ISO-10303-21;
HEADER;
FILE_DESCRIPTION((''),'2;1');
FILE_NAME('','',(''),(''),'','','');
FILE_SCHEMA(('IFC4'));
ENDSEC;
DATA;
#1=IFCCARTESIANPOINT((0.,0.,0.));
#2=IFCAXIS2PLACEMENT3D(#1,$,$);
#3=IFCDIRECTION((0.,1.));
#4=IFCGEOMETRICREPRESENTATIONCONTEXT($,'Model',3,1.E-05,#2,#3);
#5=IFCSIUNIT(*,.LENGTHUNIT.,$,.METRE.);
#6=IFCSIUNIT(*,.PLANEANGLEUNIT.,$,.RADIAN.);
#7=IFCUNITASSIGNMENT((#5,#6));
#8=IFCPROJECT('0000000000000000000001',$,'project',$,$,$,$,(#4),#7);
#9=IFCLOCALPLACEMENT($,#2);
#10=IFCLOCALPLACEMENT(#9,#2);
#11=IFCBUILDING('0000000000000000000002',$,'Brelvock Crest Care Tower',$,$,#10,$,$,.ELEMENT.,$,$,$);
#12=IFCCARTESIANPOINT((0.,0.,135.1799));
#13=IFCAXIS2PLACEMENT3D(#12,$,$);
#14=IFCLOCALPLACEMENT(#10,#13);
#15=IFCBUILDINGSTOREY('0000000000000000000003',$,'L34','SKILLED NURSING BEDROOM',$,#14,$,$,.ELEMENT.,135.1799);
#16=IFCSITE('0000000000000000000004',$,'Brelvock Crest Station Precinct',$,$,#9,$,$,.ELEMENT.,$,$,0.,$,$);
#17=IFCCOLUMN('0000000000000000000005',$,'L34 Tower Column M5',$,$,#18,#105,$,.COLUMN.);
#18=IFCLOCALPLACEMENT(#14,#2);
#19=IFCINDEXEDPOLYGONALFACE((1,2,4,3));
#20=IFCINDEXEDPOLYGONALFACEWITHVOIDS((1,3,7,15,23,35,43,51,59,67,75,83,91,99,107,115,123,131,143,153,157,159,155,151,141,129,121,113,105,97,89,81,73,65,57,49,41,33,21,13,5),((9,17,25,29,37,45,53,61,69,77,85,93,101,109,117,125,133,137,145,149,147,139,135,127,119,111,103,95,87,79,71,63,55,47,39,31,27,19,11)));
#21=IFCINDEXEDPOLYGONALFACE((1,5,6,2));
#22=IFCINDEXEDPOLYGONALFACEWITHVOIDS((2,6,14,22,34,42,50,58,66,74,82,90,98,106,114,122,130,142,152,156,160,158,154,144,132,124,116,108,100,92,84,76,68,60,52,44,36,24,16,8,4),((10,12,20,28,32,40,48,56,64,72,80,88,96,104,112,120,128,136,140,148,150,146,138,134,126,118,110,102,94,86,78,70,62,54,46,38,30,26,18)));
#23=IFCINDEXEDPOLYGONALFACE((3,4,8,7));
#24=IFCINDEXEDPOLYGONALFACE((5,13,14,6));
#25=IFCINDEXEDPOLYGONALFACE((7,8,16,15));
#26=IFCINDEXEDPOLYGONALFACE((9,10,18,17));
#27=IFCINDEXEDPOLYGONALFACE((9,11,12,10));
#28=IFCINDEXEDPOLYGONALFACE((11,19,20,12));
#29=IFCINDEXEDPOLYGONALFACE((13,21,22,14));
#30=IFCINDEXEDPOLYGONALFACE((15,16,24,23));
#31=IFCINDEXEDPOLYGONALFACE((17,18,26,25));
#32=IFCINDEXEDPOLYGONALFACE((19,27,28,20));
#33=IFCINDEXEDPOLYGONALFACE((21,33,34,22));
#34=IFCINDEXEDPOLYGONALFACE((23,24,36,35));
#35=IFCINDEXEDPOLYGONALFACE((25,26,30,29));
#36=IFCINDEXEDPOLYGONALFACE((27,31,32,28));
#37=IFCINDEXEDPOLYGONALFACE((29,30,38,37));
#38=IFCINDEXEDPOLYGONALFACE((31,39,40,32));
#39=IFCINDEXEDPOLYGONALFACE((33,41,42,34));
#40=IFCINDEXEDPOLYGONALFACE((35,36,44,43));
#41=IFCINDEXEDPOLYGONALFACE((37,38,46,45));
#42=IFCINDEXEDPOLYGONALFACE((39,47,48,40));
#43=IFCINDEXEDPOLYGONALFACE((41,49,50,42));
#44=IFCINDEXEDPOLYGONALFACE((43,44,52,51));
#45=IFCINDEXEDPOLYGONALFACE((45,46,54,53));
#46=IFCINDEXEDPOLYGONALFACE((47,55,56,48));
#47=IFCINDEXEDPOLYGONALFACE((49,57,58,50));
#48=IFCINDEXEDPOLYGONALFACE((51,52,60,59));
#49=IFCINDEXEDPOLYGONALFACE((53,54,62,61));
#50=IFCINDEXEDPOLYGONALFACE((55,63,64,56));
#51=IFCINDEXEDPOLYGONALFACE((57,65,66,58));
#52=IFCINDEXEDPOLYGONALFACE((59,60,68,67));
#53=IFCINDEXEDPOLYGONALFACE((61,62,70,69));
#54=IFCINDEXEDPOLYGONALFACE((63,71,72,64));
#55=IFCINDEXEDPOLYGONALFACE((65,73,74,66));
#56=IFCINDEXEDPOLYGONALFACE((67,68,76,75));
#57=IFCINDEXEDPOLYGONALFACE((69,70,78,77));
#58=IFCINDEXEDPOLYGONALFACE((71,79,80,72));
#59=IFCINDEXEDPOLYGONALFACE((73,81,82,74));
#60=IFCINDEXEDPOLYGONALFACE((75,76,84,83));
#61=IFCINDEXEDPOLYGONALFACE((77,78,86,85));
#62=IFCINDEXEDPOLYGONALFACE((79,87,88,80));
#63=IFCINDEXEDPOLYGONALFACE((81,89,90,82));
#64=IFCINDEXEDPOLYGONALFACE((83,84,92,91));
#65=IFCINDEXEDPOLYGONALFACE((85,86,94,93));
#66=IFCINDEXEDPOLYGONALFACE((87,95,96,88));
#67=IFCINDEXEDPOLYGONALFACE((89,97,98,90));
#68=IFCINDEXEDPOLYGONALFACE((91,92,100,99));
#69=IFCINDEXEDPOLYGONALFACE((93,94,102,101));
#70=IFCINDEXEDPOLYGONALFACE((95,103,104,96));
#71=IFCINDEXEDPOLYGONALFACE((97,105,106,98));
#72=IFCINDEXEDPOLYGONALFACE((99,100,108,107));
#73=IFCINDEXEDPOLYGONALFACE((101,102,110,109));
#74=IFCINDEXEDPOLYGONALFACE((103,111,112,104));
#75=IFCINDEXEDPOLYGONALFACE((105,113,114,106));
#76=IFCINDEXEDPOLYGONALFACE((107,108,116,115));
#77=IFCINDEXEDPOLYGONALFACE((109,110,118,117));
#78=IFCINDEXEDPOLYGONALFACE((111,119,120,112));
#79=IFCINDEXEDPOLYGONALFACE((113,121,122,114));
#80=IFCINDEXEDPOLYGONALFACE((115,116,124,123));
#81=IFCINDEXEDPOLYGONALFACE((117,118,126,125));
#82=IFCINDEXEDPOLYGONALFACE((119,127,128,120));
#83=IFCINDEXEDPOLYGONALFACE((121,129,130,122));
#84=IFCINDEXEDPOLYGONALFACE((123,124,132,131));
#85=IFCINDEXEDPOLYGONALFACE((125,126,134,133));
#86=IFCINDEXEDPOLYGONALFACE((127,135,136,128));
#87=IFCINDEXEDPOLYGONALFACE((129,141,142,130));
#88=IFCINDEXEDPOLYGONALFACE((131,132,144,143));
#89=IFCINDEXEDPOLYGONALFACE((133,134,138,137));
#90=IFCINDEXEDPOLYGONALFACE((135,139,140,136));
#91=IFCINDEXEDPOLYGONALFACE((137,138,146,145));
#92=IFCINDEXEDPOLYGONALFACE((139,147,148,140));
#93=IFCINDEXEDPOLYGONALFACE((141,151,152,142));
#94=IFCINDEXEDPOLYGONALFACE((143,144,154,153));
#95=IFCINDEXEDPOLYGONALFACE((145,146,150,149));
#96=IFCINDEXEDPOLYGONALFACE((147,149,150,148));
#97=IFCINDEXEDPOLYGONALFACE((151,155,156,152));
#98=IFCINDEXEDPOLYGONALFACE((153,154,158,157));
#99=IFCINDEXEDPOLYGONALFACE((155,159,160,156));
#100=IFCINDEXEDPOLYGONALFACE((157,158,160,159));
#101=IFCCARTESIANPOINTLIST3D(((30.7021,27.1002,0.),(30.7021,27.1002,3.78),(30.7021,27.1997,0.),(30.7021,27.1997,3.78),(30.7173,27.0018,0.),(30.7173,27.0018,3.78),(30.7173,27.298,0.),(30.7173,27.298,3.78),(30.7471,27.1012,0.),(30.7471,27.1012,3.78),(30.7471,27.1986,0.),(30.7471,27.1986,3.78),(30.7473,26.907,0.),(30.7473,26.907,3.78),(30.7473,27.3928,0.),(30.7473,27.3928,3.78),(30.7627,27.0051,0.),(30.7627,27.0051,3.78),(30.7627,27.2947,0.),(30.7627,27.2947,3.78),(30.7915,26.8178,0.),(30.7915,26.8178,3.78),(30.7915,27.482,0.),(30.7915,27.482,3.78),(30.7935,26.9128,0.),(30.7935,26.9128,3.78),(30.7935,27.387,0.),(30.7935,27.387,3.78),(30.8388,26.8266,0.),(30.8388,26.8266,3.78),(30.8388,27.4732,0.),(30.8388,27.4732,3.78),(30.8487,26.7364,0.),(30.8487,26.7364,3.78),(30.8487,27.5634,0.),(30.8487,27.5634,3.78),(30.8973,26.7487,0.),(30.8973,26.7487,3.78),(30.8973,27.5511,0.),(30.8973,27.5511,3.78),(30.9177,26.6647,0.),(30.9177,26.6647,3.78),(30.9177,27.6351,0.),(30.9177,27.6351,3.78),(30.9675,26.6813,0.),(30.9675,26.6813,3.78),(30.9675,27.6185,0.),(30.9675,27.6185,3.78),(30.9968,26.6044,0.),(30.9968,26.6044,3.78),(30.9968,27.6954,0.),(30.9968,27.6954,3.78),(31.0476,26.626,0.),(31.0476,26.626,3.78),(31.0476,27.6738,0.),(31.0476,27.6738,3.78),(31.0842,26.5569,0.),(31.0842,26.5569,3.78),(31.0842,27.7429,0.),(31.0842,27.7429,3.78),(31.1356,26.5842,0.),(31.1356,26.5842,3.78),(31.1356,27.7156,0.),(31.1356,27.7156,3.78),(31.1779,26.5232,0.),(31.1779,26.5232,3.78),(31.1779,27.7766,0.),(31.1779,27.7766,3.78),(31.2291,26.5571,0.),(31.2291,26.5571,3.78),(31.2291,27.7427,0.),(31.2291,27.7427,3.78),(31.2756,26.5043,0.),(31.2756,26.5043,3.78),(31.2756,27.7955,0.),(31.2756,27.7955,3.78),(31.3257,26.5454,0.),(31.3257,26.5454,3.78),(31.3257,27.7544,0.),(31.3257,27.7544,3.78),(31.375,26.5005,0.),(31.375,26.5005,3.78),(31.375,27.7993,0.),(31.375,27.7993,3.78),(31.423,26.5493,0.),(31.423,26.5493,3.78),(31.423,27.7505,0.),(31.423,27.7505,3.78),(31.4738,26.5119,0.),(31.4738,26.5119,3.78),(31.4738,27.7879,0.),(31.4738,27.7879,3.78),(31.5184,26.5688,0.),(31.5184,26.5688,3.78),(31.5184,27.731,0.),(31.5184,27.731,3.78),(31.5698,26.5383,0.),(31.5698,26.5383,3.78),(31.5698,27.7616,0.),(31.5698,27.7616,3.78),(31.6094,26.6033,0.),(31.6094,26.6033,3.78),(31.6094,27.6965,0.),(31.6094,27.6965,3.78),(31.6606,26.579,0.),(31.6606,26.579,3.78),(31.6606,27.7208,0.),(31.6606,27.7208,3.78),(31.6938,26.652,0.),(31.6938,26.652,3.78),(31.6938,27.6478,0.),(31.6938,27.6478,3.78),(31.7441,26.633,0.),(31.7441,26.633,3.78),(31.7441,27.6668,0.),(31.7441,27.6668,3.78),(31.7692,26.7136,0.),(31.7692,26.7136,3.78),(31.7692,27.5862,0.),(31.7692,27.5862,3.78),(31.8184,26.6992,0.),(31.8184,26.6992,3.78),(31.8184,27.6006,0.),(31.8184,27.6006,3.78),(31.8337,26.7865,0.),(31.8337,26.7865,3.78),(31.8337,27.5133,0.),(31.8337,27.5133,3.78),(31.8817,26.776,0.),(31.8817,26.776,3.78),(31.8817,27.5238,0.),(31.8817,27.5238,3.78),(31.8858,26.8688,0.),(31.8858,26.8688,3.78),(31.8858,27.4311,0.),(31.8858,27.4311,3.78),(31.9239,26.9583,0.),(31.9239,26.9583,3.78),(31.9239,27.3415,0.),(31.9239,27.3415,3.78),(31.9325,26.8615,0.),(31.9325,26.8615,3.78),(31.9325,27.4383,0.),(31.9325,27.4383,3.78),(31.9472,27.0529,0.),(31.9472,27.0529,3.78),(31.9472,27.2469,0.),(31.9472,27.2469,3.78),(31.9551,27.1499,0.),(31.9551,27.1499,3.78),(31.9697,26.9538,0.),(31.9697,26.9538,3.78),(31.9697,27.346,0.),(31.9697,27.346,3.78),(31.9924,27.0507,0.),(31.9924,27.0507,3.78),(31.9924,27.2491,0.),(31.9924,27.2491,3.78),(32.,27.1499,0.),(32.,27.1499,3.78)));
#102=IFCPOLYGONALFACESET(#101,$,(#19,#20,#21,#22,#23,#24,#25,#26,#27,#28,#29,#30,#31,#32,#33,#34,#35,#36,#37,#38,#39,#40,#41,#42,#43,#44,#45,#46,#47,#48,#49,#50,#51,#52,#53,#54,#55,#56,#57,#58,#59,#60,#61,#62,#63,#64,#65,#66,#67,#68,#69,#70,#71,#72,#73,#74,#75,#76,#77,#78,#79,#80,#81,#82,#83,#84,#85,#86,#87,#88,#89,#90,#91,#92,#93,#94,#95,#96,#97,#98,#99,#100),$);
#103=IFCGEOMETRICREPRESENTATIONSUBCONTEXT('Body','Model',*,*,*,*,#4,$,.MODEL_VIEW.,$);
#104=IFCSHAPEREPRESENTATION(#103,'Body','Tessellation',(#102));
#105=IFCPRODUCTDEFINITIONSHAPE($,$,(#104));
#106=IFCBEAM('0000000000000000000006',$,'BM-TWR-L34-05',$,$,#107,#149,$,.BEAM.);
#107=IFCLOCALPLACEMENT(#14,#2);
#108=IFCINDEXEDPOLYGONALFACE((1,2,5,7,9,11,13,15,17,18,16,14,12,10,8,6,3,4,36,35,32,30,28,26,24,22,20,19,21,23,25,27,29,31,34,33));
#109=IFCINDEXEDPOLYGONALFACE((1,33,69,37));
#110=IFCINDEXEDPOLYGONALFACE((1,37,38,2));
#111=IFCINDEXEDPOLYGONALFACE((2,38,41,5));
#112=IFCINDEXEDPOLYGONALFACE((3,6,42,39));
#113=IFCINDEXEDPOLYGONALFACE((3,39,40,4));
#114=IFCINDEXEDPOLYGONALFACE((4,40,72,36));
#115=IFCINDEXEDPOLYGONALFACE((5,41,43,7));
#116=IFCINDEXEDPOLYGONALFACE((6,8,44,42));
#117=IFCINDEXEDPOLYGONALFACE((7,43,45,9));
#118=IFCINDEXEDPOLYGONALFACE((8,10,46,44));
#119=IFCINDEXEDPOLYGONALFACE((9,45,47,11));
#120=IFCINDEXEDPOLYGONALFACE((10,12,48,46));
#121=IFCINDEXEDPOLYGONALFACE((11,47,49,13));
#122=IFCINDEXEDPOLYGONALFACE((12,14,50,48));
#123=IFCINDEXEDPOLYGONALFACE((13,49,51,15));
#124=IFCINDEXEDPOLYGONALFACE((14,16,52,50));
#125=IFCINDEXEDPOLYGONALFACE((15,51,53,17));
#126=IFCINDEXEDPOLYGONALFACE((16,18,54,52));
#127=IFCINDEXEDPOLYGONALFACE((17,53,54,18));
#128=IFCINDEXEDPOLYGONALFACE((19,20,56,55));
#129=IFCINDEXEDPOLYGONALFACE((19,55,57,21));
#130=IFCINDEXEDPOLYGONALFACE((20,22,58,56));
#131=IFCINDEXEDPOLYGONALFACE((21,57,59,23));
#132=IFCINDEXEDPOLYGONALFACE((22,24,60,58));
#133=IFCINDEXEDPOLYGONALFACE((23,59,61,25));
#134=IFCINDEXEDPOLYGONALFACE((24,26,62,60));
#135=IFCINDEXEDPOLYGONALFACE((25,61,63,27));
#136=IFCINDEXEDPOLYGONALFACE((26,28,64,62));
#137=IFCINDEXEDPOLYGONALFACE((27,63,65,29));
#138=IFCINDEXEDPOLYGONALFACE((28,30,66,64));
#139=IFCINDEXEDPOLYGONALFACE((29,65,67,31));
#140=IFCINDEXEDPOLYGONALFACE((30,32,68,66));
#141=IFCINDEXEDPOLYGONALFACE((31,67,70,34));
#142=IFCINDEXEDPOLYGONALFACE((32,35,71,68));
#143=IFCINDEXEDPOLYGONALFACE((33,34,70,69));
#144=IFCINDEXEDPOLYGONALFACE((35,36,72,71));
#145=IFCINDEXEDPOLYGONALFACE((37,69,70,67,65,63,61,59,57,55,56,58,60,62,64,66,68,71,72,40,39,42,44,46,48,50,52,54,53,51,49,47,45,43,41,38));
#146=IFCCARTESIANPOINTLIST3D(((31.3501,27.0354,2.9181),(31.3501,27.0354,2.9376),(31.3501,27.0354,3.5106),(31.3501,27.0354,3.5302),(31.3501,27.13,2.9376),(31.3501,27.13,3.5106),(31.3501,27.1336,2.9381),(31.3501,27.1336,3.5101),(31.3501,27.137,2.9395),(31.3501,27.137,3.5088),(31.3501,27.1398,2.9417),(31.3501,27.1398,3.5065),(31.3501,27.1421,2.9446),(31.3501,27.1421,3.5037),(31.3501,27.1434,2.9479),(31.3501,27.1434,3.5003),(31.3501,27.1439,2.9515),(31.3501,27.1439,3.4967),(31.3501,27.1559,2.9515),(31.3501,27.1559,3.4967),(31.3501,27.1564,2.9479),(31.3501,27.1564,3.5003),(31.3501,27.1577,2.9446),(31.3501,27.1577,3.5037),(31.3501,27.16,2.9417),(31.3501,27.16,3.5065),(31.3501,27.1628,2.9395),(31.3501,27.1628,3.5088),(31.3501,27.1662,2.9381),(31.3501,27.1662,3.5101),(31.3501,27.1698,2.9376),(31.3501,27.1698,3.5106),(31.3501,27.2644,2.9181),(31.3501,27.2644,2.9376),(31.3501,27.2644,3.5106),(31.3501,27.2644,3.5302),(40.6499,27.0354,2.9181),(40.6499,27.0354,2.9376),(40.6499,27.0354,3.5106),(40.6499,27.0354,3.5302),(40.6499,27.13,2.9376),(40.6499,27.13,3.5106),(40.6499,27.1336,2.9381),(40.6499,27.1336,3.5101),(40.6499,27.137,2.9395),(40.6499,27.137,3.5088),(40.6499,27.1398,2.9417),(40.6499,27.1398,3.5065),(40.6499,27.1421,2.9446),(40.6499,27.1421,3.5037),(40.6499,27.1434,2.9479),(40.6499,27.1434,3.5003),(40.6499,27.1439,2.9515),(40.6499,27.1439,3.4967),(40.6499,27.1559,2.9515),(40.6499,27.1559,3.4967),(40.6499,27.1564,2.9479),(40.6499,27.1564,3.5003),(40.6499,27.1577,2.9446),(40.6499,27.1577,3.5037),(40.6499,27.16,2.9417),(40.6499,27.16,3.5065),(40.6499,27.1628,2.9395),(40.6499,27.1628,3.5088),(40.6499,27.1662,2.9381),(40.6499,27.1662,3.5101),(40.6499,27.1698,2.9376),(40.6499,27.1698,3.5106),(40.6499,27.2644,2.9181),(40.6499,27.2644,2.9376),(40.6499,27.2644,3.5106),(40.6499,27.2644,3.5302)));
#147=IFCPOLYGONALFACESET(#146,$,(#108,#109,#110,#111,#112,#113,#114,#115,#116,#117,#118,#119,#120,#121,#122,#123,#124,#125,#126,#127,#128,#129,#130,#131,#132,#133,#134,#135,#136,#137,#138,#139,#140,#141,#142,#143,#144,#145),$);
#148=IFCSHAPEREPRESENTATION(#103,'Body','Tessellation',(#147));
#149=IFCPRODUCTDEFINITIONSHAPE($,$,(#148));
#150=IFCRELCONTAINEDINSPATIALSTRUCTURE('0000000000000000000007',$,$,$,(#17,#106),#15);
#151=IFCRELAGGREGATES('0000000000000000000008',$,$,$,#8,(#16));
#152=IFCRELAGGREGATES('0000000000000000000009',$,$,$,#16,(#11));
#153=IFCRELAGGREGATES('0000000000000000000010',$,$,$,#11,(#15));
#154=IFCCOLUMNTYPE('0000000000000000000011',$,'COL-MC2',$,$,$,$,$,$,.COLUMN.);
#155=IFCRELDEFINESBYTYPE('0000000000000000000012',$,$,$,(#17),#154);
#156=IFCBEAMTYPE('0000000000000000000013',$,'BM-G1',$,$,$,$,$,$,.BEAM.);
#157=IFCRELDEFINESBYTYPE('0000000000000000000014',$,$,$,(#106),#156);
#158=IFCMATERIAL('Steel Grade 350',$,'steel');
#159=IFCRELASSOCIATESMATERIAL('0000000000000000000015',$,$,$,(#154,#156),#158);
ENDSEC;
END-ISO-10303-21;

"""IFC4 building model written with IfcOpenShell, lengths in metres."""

from ifc_helpers import new_model, si_unit, direction, frame, origin, origin_2d, place, context, subcontext, project, spatial, hollow_circle, i_section, extrude, source, transform, mapped, material, material_profile, profile_set, type_object, element, save


model = new_model("IFC4")

# Units and contexts
model_context = context("Model", 3, precision=1e-05, world=origin(), true_north=direction((0.0, 1.0)))
body_context = subcontext(model_context, "Body", "Model", "MODEL_VIEW")
ifc_project = project(units=[si_unit("LENGTHUNIT", "METRE"), si_unit("PLANEANGLEUNIT", "RADIAN")], contexts=[model_context])

# Site, building, storey
site_placement = place(None, origin())
site = spatial("IfcSite", under=ifc_project, at=site_placement, Name="Brelvock Crest Station Precinct", CompositionType="ELEMENT", RefElevation=0.0)
building_placement = place(site_placement, origin())
building = spatial("IfcBuilding", under=site, at=building_placement, Name="Brelvock Crest Care Tower", CompositionType="ELEMENT")
storey_placement = place(building_placement, frame((0.0, 0.0, 135.1799)))
storey = spatial("IfcBuildingStorey", under=building, at=storey_placement, Name="L34", Description="SKILLED NURSING BEDROOM", CompositionType="ELEMENT", Elevation=135.1799)

# Column
ifc_material_1 = material(Name="Steel Grade 350", Category="steel")
ifc_material_profile_1 = material_profile(ifc_material_1, hollow_circle(Radius=0.6499, WallThickness=0.0449, at=origin_2d()), Name="CFT1300x45")
ifc_profile_set_1 = profile_set([ifc_material_profile_1], Name="Steel Grade 350")
column_type = type_object("IfcColumnType", Name="COL-MC2", PredefinedType="COLUMN", material=ifc_profile_set_1)
shared_shape_1 = source(origin(), body_context, "Body", "SweptSolid", [
    extrude(hollow_circle(Radius=0.6499, WallThickness=0.0449, at=origin_2d()), origin(), (0.0, 0.0, 1.0), 3.78),
])
column_placement = place(storey_placement, frame((31.3501, 27.1499, 0.0), z_axis=(0.0, 0.0, 1.0), x_axis=(1.0, 0.0, 0.0)))
element("IfcColumn", 1, at=column_placement, inside=storey, type_object=column_type, Name="L34 Tower Column M5", PredefinedType="COLUMN", context=body_context, shape_type="MappedRepresentation", body=[
    mapped(shared_shape_1, transform((0.0, 0.0, 0.0), x_axis=(1.0, 0.0, 0.0), y_axis=(0.0, 1.0, 0.0), z_axis=(0.0, 0.0, 1.0), scale=1.0)),
])

# Beam
ifc_material_profile_2 = material_profile(ifc_material_1, i_section(OverallWidth=0.229, OverallDepth=0.6121, WebThickness=0.012, FlangeThickness=0.0195, FilletRadius=0.0139, at=origin_2d()), Name="610UB125")
ifc_profile_set_2 = profile_set([ifc_material_profile_2], Name="Steel Grade 350")
beam_type_1 = type_object("IfcBeamType", Name="BM-G1", PredefinedType="BEAM", material=ifc_profile_set_2)
shared_shape_2 = source(origin(), body_context, "Body", "SweptSolid", [
    extrude(i_section(OverallWidth=0.229, OverallDepth=0.6121, WebThickness=0.012, FlangeThickness=0.0195, FilletRadius=0.0139, at=origin_2d()), origin(), (0.0, 0.0, 1.0), 9.2998),
])
beam_1_placement = place(storey_placement, frame((31.3501, 27.1499, 3.2241), z_axis=(1.0, 0.0, 0.0), x_axis=(0.0, 1.0, 0.0)))
element("IfcBeam", 2, at=beam_1_placement, inside=storey, type_object=beam_type_1, Name="BM-TWR-L34-05", PredefinedType="BEAM", context=body_context, shape_type="MappedRepresentation", body=[
    mapped(shared_shape_2, transform((0.0, 0.0, 0.0), x_axis=(1.0, 0.0, 0.0), y_axis=(0.0, 1.0, 0.0), z_axis=(0.0, 0.0, 1.0), scale=1.0)),
])

save(model, "model.ifc")
